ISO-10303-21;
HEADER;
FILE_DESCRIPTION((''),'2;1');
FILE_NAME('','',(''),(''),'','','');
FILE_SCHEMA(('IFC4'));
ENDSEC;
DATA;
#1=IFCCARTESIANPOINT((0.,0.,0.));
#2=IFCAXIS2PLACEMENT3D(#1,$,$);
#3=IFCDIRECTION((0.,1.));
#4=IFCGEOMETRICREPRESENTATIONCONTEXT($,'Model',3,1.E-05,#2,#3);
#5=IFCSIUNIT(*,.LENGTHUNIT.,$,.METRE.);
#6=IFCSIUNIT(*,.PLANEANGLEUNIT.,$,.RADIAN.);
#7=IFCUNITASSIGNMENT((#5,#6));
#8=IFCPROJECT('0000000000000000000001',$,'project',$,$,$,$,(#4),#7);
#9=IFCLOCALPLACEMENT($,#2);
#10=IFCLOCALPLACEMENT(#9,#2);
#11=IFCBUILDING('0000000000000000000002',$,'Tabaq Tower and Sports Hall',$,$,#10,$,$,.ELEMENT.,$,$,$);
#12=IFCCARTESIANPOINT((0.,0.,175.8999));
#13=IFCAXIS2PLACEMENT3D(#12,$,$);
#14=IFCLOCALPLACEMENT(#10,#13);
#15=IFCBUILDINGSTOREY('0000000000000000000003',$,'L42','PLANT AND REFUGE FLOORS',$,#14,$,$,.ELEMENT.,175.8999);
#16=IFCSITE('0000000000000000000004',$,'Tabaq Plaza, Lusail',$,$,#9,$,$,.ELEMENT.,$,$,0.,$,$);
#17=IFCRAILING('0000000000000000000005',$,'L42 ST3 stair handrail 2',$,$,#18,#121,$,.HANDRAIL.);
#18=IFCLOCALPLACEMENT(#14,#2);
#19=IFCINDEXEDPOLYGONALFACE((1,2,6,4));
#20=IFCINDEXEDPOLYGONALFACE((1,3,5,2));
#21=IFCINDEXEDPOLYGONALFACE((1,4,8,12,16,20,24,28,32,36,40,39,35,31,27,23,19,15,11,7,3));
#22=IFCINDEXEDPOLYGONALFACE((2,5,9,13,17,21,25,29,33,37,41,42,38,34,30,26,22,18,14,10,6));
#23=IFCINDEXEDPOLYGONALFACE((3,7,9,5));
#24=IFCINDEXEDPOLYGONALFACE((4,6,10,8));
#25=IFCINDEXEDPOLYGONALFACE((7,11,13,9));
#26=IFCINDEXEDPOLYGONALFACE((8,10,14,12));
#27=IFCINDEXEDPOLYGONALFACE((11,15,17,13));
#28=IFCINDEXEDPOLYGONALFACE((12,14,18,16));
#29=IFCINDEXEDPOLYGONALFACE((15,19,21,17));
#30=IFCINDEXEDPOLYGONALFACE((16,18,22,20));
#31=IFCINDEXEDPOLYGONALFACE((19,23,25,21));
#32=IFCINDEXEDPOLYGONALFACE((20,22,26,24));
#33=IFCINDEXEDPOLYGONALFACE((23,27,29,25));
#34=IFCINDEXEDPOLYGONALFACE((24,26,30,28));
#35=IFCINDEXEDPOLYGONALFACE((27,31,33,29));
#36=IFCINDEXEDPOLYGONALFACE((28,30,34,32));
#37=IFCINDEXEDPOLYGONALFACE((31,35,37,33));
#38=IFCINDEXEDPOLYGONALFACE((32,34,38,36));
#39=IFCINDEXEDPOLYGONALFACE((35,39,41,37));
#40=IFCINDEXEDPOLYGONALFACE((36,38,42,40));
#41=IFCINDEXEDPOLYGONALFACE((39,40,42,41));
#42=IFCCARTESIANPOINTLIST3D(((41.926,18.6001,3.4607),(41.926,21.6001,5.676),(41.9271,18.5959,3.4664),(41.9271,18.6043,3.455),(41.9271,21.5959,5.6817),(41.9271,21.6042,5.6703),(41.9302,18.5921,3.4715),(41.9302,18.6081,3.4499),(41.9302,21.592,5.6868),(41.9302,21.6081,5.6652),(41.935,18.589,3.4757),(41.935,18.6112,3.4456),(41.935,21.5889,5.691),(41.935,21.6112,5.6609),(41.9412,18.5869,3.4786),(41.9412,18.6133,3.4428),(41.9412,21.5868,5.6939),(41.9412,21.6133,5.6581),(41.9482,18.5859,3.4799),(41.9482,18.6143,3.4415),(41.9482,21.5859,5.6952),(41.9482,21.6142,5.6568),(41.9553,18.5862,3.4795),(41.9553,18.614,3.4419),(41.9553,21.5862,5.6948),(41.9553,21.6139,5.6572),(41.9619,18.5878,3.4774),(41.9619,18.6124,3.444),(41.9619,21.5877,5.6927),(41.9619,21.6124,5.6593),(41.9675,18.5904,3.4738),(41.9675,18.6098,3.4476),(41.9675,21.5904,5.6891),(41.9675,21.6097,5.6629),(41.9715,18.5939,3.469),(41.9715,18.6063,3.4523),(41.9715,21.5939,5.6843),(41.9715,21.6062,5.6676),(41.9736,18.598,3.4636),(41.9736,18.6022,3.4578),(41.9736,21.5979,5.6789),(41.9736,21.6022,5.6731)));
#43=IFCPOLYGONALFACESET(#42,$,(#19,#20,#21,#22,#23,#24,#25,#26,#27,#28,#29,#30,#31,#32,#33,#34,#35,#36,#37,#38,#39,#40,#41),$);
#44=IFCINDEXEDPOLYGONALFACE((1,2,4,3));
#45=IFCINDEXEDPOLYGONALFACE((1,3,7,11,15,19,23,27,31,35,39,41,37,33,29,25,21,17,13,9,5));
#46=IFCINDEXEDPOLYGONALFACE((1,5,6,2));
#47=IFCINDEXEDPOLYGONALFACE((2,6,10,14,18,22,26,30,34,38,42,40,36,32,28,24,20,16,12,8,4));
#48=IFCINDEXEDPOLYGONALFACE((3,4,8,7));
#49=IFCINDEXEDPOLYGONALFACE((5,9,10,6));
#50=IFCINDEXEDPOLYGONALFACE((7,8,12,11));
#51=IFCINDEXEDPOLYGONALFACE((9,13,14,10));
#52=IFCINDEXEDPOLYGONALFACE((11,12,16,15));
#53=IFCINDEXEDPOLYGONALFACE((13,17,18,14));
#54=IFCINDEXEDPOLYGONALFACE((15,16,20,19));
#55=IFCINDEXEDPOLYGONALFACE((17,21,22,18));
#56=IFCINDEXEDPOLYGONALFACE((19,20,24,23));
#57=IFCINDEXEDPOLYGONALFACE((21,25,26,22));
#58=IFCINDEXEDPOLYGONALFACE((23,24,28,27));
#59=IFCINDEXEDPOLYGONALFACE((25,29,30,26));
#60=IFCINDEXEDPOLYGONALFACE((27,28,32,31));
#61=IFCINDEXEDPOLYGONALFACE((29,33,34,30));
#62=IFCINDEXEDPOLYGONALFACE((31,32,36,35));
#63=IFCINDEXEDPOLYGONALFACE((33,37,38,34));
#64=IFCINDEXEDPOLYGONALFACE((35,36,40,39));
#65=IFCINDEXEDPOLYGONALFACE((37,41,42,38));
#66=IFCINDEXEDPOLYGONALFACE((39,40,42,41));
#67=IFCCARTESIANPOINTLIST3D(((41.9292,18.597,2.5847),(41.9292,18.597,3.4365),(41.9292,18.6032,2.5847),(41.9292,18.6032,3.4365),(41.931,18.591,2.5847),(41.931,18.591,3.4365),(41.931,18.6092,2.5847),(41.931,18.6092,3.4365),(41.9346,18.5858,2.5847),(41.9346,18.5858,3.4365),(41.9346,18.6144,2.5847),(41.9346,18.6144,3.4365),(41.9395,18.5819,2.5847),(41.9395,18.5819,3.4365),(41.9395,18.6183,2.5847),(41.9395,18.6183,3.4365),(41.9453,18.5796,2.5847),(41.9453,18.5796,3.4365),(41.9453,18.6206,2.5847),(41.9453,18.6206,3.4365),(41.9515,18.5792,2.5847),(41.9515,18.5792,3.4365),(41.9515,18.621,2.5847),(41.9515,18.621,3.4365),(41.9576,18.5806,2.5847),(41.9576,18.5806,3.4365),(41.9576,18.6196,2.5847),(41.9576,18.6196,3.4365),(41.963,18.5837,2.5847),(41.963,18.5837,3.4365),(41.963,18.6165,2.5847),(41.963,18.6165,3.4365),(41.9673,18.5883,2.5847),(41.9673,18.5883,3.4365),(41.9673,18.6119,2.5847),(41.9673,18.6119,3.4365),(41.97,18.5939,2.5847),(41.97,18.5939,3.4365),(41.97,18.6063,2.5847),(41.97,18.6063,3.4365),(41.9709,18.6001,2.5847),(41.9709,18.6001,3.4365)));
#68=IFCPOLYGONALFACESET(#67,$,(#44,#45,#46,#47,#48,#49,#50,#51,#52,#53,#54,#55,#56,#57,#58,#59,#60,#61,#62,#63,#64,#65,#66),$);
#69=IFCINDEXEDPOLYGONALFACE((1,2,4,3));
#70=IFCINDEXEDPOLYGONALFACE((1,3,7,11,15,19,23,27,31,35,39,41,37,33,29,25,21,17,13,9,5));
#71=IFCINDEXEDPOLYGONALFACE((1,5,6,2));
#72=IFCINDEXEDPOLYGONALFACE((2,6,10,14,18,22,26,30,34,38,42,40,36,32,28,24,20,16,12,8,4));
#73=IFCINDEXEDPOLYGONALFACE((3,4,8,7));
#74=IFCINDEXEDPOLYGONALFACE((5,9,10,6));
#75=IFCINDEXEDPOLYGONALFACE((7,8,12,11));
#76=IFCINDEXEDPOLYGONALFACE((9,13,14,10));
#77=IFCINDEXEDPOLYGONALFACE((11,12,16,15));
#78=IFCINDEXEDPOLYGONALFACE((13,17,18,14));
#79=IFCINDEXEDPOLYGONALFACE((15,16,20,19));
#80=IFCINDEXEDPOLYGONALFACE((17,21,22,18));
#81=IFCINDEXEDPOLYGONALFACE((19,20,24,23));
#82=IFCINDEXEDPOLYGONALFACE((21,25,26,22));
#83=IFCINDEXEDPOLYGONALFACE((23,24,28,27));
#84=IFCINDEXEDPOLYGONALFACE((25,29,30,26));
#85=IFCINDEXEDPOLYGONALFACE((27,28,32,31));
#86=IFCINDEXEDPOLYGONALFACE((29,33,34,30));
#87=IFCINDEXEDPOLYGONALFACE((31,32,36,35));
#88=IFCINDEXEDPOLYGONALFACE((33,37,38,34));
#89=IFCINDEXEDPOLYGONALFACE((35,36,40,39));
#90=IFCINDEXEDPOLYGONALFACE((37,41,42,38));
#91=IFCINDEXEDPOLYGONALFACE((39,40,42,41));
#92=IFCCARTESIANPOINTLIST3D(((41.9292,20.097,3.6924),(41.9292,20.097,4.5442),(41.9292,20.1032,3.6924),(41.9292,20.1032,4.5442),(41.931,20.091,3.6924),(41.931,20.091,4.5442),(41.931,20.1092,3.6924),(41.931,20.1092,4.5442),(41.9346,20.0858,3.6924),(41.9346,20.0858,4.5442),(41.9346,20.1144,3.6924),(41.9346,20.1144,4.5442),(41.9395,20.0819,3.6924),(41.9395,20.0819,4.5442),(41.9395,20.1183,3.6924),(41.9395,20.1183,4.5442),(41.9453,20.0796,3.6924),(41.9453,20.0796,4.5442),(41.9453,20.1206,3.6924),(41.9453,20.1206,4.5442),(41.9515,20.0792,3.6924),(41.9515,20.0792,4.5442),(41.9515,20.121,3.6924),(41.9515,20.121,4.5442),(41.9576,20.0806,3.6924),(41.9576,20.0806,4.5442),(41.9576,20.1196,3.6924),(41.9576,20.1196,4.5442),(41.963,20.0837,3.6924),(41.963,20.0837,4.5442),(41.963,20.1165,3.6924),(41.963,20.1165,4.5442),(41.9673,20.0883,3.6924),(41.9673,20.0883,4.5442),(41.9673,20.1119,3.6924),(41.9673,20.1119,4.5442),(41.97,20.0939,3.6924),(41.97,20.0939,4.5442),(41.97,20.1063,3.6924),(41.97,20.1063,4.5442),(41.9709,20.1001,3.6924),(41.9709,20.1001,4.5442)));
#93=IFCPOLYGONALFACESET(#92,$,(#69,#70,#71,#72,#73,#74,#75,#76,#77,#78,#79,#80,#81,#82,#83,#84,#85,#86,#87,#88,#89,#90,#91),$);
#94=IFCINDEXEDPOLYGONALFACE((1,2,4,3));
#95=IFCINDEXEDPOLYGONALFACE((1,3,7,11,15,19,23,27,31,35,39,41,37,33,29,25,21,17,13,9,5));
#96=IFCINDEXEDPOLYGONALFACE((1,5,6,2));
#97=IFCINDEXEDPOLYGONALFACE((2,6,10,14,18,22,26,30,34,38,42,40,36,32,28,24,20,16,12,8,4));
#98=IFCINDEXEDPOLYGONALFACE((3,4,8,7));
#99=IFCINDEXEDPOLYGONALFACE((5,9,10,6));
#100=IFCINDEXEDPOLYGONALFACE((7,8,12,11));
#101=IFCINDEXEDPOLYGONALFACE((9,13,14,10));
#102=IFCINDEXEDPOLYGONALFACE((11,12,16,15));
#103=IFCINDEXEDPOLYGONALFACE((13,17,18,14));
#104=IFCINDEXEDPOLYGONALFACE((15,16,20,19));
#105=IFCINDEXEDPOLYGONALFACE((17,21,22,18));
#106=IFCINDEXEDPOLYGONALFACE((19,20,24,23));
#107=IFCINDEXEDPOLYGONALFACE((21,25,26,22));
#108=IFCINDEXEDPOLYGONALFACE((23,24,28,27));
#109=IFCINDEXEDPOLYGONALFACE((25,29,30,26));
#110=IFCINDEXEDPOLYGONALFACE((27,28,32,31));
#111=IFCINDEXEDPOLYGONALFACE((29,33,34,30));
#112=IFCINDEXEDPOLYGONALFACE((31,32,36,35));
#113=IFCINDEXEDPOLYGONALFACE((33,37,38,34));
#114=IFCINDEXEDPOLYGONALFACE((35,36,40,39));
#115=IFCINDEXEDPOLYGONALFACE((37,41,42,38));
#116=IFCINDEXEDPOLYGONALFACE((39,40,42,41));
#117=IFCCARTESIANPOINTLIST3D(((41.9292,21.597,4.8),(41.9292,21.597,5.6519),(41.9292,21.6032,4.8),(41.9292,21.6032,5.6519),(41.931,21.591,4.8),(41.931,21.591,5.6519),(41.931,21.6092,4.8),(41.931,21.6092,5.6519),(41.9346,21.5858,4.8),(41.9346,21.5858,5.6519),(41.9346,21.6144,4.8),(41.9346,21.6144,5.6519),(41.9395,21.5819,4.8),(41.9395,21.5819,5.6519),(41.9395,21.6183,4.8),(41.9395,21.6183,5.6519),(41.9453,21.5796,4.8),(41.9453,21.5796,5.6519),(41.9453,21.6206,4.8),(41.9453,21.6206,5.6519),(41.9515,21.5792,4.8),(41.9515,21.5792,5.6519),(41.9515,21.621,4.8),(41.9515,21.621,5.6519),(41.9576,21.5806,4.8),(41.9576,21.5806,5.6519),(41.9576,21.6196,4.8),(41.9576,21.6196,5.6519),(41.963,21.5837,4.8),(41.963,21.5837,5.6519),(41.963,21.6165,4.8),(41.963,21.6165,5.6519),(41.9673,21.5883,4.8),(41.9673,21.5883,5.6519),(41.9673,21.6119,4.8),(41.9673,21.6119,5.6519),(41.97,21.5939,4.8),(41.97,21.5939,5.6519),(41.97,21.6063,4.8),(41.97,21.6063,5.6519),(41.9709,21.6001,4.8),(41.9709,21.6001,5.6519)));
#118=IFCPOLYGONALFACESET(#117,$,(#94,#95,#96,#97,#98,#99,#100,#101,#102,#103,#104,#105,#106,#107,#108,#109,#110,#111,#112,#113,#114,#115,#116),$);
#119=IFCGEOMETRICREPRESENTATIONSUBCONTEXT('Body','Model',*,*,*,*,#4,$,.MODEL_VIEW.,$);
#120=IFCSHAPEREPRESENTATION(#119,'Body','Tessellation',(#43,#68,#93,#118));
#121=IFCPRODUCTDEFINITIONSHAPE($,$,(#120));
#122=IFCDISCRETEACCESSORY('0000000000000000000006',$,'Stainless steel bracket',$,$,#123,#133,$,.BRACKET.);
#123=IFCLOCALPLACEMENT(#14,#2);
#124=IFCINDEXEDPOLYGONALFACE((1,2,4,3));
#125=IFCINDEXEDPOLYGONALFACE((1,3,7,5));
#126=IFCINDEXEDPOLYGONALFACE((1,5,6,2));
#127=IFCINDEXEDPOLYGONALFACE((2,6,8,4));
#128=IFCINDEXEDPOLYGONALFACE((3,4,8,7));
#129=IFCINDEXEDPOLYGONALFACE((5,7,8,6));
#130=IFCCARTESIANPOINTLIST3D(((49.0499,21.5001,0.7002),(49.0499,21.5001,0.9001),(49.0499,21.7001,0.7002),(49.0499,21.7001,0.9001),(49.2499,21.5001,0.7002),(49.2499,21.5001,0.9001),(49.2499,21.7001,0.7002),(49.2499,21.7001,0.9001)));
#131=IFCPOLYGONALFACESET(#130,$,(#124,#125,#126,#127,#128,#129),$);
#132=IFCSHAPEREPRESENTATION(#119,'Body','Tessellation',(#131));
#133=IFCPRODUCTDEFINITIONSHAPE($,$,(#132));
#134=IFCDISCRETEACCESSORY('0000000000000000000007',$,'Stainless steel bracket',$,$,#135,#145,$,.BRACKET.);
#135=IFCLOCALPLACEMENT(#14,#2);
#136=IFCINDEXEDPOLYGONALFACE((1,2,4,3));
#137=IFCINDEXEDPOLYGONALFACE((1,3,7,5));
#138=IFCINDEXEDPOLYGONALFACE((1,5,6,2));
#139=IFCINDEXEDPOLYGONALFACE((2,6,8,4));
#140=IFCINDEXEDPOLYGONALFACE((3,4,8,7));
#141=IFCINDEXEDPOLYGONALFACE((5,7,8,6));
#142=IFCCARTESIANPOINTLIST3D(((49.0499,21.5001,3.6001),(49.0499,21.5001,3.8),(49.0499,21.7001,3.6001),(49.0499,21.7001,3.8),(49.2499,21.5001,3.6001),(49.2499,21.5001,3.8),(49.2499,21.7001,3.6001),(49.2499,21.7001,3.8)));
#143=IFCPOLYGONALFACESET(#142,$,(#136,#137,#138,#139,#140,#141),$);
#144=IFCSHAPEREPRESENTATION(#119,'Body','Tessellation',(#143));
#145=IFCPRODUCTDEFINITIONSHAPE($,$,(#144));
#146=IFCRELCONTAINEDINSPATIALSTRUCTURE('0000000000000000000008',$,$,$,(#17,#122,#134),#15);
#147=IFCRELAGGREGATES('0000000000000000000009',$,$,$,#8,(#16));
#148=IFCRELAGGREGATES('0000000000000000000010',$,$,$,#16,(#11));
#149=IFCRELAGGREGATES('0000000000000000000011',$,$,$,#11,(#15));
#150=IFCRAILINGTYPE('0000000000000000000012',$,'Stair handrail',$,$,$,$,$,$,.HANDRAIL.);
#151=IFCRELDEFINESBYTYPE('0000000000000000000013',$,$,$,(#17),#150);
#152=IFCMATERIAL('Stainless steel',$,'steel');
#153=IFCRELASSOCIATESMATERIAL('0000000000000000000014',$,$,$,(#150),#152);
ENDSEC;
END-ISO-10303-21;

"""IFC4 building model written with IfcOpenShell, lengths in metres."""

from ifc_helpers import new_model, si_unit, direction, frame, origin, origin_2d, place, context, subcontext, project, spatial, rectangle, circle, extrude, material, type_object, element, save


model = new_model("IFC4")

# Units and contexts
model_context = context("Model", 3, precision=1e-05, world=origin(), true_north=direction((0.0, 1.0)))
body_context = subcontext(model_context, "Body", "Model", "MODEL_VIEW")
ifc_project = project(units=[si_unit("LENGTHUNIT", "METRE"), si_unit("PLANEANGLEUNIT", "RADIAN")], contexts=[model_context])

# Site, building, storey
site_placement = place(None, origin())
site = spatial("IfcSite", under=ifc_project, at=site_placement, Name="Tabaq Plaza, Lusail", CompositionType="ELEMENT", RefElevation=0.0)
building_placement = place(site_placement, origin())
building = spatial("IfcBuilding", under=site, at=building_placement, Name="Tabaq Tower and Sports Hall", CompositionType="ELEMENT")
storey_placement = place(building_placement, frame((0.0, 0.0, 175.8999)))
storey = spatial("IfcBuildingStorey", under=building, at=storey_placement, Name="L42", Description="PLANT AND REFUGE FLOORS", CompositionType="ELEMENT", Elevation=175.8999)

# Railing
ifc_material_1 = material(Name="Stainless steel", Category="steel")
railing_type_1 = type_object("IfcRailingType", Name="Stair handrail", PredefinedType="HANDRAIL", material=ifc_material_1)
railing_1_placement = place(storey_placement, frame((41.95, 18.6001, 2.5847)))
element("IfcRailing", 1, at=railing_1_placement, inside=storey, type_object=railing_type_1, Name="L42 ST3 stair handrail 2", PredefinedType="HANDRAIL", context=body_context, shape_type="SweptSolid", body=[
    extrude(circle(Radius=0.0239, at=origin_2d()), frame((0.0, 0.0, 0.876), z_axis=(0.0, 0.80444, 0.594034), x_axis=(-1.0, 0.0, 0.0)), (0.0, 0.0, 1.0), 3.7292),
    extrude(circle(Radius=0.021, at=origin_2d()), origin(), (0.0, 0.0, 1.0), 0.8518),
    extrude(circle(Radius=0.021, at=origin_2d()), frame((0.0, 1.5, 1.1077)), (0.0, 0.0, 1.0), 0.8518),
    extrude(circle(Radius=0.021, at=origin_2d()), frame((0.0, 3.0, 2.2153)), (0.0, 0.0, 1.0), 0.8518),
])

# Discrete accessories
for number, where, z_axis, x_axis, name in (
    (2, (49.1499, 21.6001, 0.7002), (0.0, 0.0, 1.0), (-1.0, 0.0, 0.0), "Stainless steel bracket"),
    (3, (49.1499, 21.6001, 3.6001), (0.0, 0.0, 1.0), (-1.0, 0.0, 0.0), "Stainless steel bracket"),
):
    element("IfcDiscreteAccessory", number, at=place(storey_placement, frame(where, z_axis=z_axis, x_axis=x_axis)), inside=storey, Name=name, PredefinedType="BRACKET", context=body_context, shape_type="SweptSolid", body=[
        extrude(rectangle(XDim=0.2, YDim=0.2, at=origin_2d()), origin(), (0.0, 0.0, 1.0), 0.2),
    ])

save(model, "model.ifc")
